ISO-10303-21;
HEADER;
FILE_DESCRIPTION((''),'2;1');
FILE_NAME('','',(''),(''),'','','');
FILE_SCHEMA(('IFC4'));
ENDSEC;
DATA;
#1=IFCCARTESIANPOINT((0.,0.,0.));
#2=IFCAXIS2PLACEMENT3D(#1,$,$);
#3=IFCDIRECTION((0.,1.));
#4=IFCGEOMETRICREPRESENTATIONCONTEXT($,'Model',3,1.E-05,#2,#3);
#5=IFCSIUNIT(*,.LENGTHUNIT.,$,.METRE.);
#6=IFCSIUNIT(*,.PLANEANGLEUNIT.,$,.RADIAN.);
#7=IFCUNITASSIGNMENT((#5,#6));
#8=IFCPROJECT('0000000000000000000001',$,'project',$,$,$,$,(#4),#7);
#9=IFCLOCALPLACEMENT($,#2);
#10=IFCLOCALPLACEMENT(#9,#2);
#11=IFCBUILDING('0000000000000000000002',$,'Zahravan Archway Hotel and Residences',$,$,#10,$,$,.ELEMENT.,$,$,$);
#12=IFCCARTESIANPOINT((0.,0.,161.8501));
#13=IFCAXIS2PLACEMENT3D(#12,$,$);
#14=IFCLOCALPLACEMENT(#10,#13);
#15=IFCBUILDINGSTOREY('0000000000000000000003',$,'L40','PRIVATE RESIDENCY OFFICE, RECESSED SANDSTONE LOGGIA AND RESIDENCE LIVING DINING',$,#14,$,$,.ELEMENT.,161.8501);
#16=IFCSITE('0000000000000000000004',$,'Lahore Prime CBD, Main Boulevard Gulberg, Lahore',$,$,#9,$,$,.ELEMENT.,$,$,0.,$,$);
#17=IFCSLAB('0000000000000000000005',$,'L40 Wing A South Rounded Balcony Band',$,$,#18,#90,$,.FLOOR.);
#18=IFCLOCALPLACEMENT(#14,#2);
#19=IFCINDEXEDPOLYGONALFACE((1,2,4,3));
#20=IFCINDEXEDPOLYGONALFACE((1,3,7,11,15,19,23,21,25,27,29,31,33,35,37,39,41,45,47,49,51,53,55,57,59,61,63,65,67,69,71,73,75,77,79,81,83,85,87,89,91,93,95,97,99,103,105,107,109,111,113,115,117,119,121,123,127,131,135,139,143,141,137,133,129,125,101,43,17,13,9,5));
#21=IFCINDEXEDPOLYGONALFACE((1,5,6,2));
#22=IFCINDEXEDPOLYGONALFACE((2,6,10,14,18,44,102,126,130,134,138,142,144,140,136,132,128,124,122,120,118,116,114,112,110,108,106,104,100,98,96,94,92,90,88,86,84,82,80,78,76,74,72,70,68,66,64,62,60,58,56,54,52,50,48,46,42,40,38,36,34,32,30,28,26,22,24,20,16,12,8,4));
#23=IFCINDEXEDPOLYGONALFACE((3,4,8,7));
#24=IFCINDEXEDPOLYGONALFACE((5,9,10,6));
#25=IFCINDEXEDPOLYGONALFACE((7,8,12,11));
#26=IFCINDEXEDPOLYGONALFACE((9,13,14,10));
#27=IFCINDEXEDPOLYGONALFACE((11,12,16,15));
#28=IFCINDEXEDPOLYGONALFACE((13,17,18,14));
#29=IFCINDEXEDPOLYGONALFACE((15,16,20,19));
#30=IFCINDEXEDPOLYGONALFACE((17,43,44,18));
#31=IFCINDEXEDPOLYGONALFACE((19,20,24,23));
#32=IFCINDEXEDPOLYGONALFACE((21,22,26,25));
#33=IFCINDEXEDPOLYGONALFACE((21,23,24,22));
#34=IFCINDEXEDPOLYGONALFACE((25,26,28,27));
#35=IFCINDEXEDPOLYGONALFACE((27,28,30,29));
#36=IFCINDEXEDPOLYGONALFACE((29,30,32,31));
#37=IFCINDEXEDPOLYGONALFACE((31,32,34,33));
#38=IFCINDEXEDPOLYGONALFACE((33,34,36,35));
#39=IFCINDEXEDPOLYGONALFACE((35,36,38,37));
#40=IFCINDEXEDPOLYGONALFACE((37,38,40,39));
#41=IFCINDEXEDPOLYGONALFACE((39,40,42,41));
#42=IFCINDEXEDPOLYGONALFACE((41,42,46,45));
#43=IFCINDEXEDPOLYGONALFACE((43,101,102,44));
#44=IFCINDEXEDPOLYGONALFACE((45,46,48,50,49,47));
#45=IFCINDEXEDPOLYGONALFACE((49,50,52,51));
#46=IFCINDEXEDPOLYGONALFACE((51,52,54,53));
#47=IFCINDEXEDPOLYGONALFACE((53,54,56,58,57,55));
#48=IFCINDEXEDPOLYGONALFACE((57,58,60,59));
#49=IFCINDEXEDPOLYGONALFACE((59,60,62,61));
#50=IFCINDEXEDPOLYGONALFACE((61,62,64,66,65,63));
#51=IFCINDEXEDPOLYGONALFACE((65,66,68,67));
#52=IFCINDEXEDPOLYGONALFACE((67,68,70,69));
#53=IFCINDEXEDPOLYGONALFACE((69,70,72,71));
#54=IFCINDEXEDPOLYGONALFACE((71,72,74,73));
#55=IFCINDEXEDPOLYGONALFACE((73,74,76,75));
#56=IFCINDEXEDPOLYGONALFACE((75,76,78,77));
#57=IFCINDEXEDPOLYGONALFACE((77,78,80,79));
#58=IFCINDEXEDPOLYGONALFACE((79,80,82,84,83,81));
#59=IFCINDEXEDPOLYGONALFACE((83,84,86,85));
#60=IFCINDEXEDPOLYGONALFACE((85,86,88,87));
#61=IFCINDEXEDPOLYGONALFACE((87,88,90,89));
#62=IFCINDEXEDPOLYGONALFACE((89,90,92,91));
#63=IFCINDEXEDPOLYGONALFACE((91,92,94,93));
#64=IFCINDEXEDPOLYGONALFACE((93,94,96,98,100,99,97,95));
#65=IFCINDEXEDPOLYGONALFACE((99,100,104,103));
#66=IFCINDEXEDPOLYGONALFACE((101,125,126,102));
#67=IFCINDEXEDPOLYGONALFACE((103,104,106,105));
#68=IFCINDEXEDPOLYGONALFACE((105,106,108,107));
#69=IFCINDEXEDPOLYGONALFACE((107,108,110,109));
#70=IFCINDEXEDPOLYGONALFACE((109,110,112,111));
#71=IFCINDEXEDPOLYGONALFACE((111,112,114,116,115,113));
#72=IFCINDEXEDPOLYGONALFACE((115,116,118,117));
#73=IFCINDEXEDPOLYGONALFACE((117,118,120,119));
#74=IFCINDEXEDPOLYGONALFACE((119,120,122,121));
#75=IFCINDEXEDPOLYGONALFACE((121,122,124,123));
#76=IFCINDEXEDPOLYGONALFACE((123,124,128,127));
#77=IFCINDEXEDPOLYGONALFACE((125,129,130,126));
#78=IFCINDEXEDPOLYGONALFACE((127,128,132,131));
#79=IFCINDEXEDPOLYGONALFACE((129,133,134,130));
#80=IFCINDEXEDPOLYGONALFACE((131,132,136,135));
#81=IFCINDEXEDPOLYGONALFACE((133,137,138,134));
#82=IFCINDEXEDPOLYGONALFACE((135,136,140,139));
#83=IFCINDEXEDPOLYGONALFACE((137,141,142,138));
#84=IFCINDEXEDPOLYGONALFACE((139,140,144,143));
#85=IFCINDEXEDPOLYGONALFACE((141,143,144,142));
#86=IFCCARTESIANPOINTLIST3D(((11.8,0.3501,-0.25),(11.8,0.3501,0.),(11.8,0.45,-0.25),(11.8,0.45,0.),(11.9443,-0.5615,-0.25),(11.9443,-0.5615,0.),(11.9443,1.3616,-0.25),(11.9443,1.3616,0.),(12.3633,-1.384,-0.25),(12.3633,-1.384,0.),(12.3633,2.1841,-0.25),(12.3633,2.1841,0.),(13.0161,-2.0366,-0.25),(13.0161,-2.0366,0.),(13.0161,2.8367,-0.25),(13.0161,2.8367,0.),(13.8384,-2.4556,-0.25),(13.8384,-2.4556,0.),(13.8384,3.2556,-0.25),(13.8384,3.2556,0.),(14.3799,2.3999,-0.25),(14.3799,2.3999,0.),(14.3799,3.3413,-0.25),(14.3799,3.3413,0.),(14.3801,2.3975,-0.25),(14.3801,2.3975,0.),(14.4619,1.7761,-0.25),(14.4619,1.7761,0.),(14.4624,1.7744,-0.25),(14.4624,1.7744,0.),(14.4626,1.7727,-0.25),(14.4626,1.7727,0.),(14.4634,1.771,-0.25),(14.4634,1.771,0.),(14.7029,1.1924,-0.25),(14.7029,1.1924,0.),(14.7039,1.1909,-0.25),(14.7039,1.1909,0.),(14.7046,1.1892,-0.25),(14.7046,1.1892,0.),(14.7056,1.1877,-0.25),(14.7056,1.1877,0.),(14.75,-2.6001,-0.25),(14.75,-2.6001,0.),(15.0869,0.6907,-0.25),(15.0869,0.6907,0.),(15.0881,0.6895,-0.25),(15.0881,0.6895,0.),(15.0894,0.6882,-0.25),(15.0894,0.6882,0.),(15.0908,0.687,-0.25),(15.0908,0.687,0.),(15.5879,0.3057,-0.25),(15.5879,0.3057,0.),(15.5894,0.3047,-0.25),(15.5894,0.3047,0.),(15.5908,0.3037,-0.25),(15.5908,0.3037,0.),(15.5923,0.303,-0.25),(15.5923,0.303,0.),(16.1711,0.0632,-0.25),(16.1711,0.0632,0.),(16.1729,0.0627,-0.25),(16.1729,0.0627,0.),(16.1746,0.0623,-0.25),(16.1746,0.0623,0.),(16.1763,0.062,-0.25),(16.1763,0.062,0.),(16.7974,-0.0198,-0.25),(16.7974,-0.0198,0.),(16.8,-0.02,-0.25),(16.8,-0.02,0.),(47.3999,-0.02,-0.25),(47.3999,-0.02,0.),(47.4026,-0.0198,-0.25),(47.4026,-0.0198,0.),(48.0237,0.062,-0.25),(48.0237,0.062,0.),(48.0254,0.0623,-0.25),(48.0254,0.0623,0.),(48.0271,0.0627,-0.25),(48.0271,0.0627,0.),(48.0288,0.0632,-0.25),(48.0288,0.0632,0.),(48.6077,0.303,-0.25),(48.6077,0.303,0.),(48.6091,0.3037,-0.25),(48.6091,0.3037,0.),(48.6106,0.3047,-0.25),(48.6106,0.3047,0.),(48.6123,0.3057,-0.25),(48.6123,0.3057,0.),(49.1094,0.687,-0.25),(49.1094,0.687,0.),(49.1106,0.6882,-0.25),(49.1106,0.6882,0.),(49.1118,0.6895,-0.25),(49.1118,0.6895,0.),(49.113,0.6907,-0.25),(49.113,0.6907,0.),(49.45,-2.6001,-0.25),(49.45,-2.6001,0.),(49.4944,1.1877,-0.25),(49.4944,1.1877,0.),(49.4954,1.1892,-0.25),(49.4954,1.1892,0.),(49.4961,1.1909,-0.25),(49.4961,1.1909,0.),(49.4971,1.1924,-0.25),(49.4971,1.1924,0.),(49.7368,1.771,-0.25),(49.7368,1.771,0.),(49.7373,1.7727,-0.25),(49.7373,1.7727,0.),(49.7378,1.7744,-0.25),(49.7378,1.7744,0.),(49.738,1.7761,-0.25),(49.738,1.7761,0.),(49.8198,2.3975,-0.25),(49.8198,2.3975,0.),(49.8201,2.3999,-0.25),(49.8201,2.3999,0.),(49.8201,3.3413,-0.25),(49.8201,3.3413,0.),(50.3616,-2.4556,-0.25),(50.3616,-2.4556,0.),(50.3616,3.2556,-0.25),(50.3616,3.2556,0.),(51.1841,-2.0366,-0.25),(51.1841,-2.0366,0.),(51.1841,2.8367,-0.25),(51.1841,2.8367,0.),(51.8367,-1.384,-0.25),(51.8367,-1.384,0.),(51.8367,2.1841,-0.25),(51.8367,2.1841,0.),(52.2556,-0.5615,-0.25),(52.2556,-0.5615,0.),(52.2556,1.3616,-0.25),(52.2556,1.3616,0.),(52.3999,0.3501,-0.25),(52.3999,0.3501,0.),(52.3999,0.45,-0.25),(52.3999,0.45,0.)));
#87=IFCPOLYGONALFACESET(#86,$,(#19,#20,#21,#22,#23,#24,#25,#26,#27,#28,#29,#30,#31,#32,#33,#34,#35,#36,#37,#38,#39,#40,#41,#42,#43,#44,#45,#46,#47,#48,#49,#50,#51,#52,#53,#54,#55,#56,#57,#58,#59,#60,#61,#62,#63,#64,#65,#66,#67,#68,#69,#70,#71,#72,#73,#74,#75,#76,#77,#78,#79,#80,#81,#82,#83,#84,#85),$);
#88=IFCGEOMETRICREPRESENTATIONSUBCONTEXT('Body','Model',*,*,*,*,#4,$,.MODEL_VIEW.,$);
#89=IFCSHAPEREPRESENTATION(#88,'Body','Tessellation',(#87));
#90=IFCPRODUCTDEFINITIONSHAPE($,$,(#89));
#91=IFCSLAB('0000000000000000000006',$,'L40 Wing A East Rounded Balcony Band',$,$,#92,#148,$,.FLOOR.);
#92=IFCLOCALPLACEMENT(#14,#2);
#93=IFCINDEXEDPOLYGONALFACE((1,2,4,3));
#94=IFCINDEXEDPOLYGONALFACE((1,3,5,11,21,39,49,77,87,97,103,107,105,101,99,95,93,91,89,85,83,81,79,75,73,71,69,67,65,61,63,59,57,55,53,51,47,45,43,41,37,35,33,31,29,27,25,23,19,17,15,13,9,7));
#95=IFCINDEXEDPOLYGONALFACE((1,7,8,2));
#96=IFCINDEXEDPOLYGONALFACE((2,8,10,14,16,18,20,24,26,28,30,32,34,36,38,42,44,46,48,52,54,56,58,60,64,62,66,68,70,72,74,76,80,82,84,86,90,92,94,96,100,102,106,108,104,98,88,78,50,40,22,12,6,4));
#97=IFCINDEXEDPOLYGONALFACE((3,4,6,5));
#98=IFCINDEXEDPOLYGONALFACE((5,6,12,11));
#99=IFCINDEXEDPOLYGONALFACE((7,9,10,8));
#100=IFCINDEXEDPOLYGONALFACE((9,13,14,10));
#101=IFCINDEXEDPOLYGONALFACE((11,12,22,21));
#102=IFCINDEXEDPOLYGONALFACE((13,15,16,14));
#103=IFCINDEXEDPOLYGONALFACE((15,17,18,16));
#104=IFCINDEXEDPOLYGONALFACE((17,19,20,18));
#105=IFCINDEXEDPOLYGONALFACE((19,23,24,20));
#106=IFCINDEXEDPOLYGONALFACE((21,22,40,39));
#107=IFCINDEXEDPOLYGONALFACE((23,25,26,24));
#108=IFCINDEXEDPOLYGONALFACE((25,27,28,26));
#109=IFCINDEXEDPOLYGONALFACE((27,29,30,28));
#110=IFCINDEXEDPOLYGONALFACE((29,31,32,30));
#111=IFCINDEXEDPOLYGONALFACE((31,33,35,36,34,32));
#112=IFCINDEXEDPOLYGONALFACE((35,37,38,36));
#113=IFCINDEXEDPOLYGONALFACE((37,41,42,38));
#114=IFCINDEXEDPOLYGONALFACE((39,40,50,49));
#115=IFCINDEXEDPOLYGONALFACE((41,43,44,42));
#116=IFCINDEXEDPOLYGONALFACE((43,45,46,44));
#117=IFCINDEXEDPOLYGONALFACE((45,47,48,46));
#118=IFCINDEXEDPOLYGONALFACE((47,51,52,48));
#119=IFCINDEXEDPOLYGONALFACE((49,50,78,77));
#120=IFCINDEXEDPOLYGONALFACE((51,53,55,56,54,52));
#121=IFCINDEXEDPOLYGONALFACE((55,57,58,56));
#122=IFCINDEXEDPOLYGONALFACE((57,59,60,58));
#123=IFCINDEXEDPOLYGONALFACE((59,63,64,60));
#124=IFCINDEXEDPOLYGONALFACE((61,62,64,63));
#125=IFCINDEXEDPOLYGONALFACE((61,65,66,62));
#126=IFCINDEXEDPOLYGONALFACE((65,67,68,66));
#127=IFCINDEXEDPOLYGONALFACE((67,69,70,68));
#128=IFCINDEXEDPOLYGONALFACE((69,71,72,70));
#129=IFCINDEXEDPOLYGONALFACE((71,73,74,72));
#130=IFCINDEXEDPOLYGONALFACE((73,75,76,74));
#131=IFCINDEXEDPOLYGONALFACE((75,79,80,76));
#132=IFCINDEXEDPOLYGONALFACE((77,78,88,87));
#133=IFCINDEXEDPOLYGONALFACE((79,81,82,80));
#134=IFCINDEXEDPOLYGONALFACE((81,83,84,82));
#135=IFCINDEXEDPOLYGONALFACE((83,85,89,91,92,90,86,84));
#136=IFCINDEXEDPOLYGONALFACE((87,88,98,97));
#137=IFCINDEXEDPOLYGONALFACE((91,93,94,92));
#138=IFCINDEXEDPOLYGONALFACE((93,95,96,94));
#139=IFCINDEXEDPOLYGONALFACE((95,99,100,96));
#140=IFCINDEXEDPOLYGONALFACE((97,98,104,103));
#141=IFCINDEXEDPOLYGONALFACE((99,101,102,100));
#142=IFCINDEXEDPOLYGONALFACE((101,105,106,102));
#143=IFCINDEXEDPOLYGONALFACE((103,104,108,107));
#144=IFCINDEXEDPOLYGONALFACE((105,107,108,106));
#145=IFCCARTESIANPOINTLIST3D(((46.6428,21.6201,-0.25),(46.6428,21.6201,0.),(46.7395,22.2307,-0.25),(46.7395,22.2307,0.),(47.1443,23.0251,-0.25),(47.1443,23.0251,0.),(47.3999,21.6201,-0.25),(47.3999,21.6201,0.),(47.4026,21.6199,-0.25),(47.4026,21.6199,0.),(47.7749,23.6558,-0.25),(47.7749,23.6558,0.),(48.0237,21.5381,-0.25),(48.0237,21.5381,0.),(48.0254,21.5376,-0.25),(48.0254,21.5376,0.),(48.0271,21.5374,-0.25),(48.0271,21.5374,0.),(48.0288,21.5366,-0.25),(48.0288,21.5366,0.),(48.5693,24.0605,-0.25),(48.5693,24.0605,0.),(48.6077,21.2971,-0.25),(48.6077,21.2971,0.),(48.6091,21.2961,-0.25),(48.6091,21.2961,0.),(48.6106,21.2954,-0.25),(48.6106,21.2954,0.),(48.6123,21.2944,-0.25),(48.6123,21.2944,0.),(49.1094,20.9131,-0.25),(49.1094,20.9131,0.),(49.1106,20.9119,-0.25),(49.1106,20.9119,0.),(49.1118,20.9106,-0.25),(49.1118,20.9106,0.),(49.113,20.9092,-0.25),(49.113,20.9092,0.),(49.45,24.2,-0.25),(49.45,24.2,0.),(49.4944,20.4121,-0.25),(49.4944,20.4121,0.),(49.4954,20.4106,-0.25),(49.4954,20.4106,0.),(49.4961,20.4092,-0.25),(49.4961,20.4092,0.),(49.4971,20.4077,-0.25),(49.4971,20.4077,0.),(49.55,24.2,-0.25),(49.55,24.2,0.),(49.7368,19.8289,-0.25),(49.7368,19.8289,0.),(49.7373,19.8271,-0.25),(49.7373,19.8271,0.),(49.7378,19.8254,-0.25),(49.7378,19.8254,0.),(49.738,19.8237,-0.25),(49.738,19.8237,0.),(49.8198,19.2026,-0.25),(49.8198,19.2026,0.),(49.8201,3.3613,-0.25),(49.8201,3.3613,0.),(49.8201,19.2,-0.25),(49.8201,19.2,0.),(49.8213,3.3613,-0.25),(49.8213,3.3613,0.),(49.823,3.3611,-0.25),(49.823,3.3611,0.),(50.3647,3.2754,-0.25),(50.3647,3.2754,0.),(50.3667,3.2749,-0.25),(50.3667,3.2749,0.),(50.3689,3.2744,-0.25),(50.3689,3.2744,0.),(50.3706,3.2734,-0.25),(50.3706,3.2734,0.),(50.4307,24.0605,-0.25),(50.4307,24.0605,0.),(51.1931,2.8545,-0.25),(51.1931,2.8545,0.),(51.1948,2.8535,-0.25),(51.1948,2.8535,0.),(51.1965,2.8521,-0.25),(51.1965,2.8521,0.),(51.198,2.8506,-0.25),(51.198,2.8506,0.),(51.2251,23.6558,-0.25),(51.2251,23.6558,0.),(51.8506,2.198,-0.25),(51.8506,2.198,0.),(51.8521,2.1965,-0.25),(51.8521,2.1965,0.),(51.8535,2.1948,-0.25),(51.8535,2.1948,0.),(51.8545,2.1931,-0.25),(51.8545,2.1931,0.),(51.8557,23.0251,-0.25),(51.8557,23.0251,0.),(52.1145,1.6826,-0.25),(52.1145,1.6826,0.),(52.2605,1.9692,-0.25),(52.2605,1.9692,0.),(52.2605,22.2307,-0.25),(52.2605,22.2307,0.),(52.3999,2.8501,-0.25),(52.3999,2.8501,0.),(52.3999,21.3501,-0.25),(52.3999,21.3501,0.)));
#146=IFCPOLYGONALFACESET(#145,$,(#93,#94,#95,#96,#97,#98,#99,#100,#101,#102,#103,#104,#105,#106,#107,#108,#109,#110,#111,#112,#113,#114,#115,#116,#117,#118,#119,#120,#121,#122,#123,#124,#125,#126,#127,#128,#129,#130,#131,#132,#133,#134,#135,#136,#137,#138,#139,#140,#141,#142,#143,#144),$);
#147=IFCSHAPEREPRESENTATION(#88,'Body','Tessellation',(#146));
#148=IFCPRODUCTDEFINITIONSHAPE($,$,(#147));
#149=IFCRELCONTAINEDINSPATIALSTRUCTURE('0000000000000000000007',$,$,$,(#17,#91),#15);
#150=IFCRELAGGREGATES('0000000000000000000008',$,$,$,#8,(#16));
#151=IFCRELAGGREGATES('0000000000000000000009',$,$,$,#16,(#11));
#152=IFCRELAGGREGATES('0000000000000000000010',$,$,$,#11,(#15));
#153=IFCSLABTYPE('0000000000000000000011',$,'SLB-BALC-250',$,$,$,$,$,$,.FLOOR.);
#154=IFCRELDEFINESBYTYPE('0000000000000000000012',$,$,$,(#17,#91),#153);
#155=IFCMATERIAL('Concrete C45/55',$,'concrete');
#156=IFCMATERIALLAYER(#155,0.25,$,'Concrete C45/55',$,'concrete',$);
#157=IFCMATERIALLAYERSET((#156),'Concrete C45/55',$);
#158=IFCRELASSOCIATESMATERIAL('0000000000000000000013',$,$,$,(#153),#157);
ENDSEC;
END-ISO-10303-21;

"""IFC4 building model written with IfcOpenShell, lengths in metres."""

from ifc_helpers import new_model, si_unit, direction, frame, origin, place, context, subcontext, project, spatial, polyline, outline, extrude, material, layer, layer_set, type_object, element, save


model = new_model("IFC4")

# Units and contexts
model_context = context("Model", 3, precision=1e-05, world=origin(), true_north=direction((0.0, 1.0)))
body_context = subcontext(model_context, "Body", "Model", "MODEL_VIEW")
ifc_project = project(units=[si_unit("LENGTHUNIT", "METRE"), si_unit("PLANEANGLEUNIT", "RADIAN")], contexts=[model_context])

# Site, building, storey
site_placement = place(None, origin())
site = spatial("IfcSite", under=ifc_project, at=site_placement, Name="Lahore Prime CBD, Main Boulevard Gulberg, Lahore", CompositionType="ELEMENT", RefElevation=0.0)
building_placement = place(site_placement, origin())
building = spatial("IfcBuilding", under=site, at=building_placement, Name="Zahravan Archway Hotel and Residences", CompositionType="ELEMENT")
storey_placement = place(building_placement, frame((0.0, 0.0, 161.8501)))
storey = spatial("IfcBuildingStorey", under=building, at=storey_placement, Name="L40", Description="PRIVATE RESIDENCY OFFICE, RECESSED SANDSTONE LOGGIA AND RESIDENCE LIVING DINING", CompositionType="ELEMENT", Elevation=161.8501)

# Slabs
ifc_material_1 = material(Name="Concrete C45/55", Category="concrete")
ifc_layer_1 = layer(ifc_material_1, 0.25, Name="Concrete C45/55", Category="concrete")
ifc_layer_set_1 = layer_set([ifc_layer_1], Name="Concrete C45/55")
slab_type_1 = type_object("IfcSlabType", Name="SLB-BALC-250", PredefinedType="FLOOR", material=ifc_layer_set_1)
slab_1_placement = place(storey_placement, frame((0.0, 0.0, -0.25)))
element("IfcSlab", 1, at=slab_1_placement, inside=storey, type_object=slab_type_1, Name="L40 Wing A South Rounded Balcony Band", PredefinedType="FLOOR", context=body_context, shape_type="SweptSolid", body=[
    extrude(outline(polyline([(50.3616, 3.2556), (51.1841, 2.8367), (51.8367, 2.1841), (52.2556, 1.3616), (52.3999, 0.45), (52.3999, 0.3501), (52.2556, -0.5615), (51.8367, -1.384), (51.1841, -2.0366), (50.3616, -2.4556), (49.45, -2.6001), (14.75, -2.6001), (13.8384, -2.4556), (13.0161, -2.0366), (12.3633, -1.384), (11.9443, -0.5615), (11.8, 0.3501), (11.8, 0.45), (11.9443, 1.3616), (12.3633, 2.1841), (13.0161, 2.8367), (13.8384, 3.2556), (14.3799, 3.3413), (14.3799, 2.3999), (14.3801, 2.3975), (14.4619, 1.7761), (14.4624, 1.7744), (14.4626, 1.7727), (14.4634, 1.771), (14.7029, 1.1924), (14.7039, 1.1909), (14.7046, 1.1892), (14.7056, 1.1877), (15.0869, 0.6907), (15.0881, 0.6895), (15.0894, 0.6882), (15.0908, 0.687), (15.5879, 0.3057), (15.5894, 0.3047), (15.5908, 0.3037), (15.5923, 0.303), (16.1711, 0.0632), (16.1729, 0.0627), (16.1746, 0.0623), (16.1763, 0.062), (16.7974, -0.0198), (16.8, -0.02), (47.3999, -0.02), (47.4026, -0.0198), (48.0237, 0.062), (48.0254, 0.0623), (48.0271, 0.0627), (48.0288, 0.0632), (48.6077, 0.303), (48.6091, 0.3037), (48.6106, 0.3047), (48.6123, 0.3057), (49.1094, 0.687), (49.1106, 0.6882), (49.1118, 0.6895), (49.113, 0.6907), (49.4944, 1.1877), (49.4954, 1.1892), (49.4961, 1.1909), (49.4971, 1.1924), (49.7368, 1.771), (49.7373, 1.7727), (49.7378, 1.7744), (49.738, 1.7761), (49.8198, 2.3975), (49.8201, 2.3999), (49.8201, 3.3413), (50.3616, 3.2556)])), origin(), (0.0, 0.0, 1.0), 0.25),
])
slab_2_placement = place(storey_placement, frame((0.0, 0.0, -0.25)))
element("IfcSlab", 2, at=slab_2_placement, inside=storey, type_object=slab_type_1, Name="L40 Wing A East Rounded Balcony Band", PredefinedType="FLOOR", context=body_context, shape_type="SweptSolid", body=[
    extrude(outline(polyline([(46.7395, 22.2307), (47.1443, 23.0251), (47.7749, 23.6558), (48.5693, 24.0605), (49.45, 24.2), (49.55, 24.2), (50.4307, 24.0605), (51.2251, 23.6558), (51.8557, 23.0251), (52.2605, 22.2307), (52.3999, 21.3501), (52.3999, 2.8501), (52.2605, 1.9692), (52.1145, 1.6826), (51.8545, 2.1931), (51.8535, 2.1948), (51.8521, 2.1965), (51.8506, 2.198), (51.198, 2.8506), (51.1965, 2.8521), (51.1948, 2.8535), (51.1931, 2.8545), (50.3706, 3.2734), (50.3689, 3.2744), (50.3667, 3.2749), (50.3647, 3.2754), (49.823, 3.3611), (49.8213, 3.3613), (49.8201, 3.3613), (49.8201, 19.2), (49.8198, 19.2026), (49.738, 19.8237), (49.7378, 19.8254), (49.7373, 19.8271), (49.7368, 19.8289), (49.4971, 20.4077), (49.4961, 20.4092), (49.4954, 20.4106), (49.4944, 20.4121), (49.113, 20.9092), (49.1118, 20.9106), (49.1106, 20.9119), (49.1094, 20.9131), (48.6123, 21.2944), (48.6106, 21.2954), (48.6091, 21.2961), (48.6077, 21.2971), (48.0288, 21.5366), (48.0271, 21.5374), (48.0254, 21.5376), (48.0237, 21.5381), (47.4026, 21.6199), (47.3999, 21.6201), (46.6428, 21.6201), (46.7395, 22.2307)])), origin(), (0.0, 0.0, 1.0), 0.25),
])

save(model, "model.ifc")
